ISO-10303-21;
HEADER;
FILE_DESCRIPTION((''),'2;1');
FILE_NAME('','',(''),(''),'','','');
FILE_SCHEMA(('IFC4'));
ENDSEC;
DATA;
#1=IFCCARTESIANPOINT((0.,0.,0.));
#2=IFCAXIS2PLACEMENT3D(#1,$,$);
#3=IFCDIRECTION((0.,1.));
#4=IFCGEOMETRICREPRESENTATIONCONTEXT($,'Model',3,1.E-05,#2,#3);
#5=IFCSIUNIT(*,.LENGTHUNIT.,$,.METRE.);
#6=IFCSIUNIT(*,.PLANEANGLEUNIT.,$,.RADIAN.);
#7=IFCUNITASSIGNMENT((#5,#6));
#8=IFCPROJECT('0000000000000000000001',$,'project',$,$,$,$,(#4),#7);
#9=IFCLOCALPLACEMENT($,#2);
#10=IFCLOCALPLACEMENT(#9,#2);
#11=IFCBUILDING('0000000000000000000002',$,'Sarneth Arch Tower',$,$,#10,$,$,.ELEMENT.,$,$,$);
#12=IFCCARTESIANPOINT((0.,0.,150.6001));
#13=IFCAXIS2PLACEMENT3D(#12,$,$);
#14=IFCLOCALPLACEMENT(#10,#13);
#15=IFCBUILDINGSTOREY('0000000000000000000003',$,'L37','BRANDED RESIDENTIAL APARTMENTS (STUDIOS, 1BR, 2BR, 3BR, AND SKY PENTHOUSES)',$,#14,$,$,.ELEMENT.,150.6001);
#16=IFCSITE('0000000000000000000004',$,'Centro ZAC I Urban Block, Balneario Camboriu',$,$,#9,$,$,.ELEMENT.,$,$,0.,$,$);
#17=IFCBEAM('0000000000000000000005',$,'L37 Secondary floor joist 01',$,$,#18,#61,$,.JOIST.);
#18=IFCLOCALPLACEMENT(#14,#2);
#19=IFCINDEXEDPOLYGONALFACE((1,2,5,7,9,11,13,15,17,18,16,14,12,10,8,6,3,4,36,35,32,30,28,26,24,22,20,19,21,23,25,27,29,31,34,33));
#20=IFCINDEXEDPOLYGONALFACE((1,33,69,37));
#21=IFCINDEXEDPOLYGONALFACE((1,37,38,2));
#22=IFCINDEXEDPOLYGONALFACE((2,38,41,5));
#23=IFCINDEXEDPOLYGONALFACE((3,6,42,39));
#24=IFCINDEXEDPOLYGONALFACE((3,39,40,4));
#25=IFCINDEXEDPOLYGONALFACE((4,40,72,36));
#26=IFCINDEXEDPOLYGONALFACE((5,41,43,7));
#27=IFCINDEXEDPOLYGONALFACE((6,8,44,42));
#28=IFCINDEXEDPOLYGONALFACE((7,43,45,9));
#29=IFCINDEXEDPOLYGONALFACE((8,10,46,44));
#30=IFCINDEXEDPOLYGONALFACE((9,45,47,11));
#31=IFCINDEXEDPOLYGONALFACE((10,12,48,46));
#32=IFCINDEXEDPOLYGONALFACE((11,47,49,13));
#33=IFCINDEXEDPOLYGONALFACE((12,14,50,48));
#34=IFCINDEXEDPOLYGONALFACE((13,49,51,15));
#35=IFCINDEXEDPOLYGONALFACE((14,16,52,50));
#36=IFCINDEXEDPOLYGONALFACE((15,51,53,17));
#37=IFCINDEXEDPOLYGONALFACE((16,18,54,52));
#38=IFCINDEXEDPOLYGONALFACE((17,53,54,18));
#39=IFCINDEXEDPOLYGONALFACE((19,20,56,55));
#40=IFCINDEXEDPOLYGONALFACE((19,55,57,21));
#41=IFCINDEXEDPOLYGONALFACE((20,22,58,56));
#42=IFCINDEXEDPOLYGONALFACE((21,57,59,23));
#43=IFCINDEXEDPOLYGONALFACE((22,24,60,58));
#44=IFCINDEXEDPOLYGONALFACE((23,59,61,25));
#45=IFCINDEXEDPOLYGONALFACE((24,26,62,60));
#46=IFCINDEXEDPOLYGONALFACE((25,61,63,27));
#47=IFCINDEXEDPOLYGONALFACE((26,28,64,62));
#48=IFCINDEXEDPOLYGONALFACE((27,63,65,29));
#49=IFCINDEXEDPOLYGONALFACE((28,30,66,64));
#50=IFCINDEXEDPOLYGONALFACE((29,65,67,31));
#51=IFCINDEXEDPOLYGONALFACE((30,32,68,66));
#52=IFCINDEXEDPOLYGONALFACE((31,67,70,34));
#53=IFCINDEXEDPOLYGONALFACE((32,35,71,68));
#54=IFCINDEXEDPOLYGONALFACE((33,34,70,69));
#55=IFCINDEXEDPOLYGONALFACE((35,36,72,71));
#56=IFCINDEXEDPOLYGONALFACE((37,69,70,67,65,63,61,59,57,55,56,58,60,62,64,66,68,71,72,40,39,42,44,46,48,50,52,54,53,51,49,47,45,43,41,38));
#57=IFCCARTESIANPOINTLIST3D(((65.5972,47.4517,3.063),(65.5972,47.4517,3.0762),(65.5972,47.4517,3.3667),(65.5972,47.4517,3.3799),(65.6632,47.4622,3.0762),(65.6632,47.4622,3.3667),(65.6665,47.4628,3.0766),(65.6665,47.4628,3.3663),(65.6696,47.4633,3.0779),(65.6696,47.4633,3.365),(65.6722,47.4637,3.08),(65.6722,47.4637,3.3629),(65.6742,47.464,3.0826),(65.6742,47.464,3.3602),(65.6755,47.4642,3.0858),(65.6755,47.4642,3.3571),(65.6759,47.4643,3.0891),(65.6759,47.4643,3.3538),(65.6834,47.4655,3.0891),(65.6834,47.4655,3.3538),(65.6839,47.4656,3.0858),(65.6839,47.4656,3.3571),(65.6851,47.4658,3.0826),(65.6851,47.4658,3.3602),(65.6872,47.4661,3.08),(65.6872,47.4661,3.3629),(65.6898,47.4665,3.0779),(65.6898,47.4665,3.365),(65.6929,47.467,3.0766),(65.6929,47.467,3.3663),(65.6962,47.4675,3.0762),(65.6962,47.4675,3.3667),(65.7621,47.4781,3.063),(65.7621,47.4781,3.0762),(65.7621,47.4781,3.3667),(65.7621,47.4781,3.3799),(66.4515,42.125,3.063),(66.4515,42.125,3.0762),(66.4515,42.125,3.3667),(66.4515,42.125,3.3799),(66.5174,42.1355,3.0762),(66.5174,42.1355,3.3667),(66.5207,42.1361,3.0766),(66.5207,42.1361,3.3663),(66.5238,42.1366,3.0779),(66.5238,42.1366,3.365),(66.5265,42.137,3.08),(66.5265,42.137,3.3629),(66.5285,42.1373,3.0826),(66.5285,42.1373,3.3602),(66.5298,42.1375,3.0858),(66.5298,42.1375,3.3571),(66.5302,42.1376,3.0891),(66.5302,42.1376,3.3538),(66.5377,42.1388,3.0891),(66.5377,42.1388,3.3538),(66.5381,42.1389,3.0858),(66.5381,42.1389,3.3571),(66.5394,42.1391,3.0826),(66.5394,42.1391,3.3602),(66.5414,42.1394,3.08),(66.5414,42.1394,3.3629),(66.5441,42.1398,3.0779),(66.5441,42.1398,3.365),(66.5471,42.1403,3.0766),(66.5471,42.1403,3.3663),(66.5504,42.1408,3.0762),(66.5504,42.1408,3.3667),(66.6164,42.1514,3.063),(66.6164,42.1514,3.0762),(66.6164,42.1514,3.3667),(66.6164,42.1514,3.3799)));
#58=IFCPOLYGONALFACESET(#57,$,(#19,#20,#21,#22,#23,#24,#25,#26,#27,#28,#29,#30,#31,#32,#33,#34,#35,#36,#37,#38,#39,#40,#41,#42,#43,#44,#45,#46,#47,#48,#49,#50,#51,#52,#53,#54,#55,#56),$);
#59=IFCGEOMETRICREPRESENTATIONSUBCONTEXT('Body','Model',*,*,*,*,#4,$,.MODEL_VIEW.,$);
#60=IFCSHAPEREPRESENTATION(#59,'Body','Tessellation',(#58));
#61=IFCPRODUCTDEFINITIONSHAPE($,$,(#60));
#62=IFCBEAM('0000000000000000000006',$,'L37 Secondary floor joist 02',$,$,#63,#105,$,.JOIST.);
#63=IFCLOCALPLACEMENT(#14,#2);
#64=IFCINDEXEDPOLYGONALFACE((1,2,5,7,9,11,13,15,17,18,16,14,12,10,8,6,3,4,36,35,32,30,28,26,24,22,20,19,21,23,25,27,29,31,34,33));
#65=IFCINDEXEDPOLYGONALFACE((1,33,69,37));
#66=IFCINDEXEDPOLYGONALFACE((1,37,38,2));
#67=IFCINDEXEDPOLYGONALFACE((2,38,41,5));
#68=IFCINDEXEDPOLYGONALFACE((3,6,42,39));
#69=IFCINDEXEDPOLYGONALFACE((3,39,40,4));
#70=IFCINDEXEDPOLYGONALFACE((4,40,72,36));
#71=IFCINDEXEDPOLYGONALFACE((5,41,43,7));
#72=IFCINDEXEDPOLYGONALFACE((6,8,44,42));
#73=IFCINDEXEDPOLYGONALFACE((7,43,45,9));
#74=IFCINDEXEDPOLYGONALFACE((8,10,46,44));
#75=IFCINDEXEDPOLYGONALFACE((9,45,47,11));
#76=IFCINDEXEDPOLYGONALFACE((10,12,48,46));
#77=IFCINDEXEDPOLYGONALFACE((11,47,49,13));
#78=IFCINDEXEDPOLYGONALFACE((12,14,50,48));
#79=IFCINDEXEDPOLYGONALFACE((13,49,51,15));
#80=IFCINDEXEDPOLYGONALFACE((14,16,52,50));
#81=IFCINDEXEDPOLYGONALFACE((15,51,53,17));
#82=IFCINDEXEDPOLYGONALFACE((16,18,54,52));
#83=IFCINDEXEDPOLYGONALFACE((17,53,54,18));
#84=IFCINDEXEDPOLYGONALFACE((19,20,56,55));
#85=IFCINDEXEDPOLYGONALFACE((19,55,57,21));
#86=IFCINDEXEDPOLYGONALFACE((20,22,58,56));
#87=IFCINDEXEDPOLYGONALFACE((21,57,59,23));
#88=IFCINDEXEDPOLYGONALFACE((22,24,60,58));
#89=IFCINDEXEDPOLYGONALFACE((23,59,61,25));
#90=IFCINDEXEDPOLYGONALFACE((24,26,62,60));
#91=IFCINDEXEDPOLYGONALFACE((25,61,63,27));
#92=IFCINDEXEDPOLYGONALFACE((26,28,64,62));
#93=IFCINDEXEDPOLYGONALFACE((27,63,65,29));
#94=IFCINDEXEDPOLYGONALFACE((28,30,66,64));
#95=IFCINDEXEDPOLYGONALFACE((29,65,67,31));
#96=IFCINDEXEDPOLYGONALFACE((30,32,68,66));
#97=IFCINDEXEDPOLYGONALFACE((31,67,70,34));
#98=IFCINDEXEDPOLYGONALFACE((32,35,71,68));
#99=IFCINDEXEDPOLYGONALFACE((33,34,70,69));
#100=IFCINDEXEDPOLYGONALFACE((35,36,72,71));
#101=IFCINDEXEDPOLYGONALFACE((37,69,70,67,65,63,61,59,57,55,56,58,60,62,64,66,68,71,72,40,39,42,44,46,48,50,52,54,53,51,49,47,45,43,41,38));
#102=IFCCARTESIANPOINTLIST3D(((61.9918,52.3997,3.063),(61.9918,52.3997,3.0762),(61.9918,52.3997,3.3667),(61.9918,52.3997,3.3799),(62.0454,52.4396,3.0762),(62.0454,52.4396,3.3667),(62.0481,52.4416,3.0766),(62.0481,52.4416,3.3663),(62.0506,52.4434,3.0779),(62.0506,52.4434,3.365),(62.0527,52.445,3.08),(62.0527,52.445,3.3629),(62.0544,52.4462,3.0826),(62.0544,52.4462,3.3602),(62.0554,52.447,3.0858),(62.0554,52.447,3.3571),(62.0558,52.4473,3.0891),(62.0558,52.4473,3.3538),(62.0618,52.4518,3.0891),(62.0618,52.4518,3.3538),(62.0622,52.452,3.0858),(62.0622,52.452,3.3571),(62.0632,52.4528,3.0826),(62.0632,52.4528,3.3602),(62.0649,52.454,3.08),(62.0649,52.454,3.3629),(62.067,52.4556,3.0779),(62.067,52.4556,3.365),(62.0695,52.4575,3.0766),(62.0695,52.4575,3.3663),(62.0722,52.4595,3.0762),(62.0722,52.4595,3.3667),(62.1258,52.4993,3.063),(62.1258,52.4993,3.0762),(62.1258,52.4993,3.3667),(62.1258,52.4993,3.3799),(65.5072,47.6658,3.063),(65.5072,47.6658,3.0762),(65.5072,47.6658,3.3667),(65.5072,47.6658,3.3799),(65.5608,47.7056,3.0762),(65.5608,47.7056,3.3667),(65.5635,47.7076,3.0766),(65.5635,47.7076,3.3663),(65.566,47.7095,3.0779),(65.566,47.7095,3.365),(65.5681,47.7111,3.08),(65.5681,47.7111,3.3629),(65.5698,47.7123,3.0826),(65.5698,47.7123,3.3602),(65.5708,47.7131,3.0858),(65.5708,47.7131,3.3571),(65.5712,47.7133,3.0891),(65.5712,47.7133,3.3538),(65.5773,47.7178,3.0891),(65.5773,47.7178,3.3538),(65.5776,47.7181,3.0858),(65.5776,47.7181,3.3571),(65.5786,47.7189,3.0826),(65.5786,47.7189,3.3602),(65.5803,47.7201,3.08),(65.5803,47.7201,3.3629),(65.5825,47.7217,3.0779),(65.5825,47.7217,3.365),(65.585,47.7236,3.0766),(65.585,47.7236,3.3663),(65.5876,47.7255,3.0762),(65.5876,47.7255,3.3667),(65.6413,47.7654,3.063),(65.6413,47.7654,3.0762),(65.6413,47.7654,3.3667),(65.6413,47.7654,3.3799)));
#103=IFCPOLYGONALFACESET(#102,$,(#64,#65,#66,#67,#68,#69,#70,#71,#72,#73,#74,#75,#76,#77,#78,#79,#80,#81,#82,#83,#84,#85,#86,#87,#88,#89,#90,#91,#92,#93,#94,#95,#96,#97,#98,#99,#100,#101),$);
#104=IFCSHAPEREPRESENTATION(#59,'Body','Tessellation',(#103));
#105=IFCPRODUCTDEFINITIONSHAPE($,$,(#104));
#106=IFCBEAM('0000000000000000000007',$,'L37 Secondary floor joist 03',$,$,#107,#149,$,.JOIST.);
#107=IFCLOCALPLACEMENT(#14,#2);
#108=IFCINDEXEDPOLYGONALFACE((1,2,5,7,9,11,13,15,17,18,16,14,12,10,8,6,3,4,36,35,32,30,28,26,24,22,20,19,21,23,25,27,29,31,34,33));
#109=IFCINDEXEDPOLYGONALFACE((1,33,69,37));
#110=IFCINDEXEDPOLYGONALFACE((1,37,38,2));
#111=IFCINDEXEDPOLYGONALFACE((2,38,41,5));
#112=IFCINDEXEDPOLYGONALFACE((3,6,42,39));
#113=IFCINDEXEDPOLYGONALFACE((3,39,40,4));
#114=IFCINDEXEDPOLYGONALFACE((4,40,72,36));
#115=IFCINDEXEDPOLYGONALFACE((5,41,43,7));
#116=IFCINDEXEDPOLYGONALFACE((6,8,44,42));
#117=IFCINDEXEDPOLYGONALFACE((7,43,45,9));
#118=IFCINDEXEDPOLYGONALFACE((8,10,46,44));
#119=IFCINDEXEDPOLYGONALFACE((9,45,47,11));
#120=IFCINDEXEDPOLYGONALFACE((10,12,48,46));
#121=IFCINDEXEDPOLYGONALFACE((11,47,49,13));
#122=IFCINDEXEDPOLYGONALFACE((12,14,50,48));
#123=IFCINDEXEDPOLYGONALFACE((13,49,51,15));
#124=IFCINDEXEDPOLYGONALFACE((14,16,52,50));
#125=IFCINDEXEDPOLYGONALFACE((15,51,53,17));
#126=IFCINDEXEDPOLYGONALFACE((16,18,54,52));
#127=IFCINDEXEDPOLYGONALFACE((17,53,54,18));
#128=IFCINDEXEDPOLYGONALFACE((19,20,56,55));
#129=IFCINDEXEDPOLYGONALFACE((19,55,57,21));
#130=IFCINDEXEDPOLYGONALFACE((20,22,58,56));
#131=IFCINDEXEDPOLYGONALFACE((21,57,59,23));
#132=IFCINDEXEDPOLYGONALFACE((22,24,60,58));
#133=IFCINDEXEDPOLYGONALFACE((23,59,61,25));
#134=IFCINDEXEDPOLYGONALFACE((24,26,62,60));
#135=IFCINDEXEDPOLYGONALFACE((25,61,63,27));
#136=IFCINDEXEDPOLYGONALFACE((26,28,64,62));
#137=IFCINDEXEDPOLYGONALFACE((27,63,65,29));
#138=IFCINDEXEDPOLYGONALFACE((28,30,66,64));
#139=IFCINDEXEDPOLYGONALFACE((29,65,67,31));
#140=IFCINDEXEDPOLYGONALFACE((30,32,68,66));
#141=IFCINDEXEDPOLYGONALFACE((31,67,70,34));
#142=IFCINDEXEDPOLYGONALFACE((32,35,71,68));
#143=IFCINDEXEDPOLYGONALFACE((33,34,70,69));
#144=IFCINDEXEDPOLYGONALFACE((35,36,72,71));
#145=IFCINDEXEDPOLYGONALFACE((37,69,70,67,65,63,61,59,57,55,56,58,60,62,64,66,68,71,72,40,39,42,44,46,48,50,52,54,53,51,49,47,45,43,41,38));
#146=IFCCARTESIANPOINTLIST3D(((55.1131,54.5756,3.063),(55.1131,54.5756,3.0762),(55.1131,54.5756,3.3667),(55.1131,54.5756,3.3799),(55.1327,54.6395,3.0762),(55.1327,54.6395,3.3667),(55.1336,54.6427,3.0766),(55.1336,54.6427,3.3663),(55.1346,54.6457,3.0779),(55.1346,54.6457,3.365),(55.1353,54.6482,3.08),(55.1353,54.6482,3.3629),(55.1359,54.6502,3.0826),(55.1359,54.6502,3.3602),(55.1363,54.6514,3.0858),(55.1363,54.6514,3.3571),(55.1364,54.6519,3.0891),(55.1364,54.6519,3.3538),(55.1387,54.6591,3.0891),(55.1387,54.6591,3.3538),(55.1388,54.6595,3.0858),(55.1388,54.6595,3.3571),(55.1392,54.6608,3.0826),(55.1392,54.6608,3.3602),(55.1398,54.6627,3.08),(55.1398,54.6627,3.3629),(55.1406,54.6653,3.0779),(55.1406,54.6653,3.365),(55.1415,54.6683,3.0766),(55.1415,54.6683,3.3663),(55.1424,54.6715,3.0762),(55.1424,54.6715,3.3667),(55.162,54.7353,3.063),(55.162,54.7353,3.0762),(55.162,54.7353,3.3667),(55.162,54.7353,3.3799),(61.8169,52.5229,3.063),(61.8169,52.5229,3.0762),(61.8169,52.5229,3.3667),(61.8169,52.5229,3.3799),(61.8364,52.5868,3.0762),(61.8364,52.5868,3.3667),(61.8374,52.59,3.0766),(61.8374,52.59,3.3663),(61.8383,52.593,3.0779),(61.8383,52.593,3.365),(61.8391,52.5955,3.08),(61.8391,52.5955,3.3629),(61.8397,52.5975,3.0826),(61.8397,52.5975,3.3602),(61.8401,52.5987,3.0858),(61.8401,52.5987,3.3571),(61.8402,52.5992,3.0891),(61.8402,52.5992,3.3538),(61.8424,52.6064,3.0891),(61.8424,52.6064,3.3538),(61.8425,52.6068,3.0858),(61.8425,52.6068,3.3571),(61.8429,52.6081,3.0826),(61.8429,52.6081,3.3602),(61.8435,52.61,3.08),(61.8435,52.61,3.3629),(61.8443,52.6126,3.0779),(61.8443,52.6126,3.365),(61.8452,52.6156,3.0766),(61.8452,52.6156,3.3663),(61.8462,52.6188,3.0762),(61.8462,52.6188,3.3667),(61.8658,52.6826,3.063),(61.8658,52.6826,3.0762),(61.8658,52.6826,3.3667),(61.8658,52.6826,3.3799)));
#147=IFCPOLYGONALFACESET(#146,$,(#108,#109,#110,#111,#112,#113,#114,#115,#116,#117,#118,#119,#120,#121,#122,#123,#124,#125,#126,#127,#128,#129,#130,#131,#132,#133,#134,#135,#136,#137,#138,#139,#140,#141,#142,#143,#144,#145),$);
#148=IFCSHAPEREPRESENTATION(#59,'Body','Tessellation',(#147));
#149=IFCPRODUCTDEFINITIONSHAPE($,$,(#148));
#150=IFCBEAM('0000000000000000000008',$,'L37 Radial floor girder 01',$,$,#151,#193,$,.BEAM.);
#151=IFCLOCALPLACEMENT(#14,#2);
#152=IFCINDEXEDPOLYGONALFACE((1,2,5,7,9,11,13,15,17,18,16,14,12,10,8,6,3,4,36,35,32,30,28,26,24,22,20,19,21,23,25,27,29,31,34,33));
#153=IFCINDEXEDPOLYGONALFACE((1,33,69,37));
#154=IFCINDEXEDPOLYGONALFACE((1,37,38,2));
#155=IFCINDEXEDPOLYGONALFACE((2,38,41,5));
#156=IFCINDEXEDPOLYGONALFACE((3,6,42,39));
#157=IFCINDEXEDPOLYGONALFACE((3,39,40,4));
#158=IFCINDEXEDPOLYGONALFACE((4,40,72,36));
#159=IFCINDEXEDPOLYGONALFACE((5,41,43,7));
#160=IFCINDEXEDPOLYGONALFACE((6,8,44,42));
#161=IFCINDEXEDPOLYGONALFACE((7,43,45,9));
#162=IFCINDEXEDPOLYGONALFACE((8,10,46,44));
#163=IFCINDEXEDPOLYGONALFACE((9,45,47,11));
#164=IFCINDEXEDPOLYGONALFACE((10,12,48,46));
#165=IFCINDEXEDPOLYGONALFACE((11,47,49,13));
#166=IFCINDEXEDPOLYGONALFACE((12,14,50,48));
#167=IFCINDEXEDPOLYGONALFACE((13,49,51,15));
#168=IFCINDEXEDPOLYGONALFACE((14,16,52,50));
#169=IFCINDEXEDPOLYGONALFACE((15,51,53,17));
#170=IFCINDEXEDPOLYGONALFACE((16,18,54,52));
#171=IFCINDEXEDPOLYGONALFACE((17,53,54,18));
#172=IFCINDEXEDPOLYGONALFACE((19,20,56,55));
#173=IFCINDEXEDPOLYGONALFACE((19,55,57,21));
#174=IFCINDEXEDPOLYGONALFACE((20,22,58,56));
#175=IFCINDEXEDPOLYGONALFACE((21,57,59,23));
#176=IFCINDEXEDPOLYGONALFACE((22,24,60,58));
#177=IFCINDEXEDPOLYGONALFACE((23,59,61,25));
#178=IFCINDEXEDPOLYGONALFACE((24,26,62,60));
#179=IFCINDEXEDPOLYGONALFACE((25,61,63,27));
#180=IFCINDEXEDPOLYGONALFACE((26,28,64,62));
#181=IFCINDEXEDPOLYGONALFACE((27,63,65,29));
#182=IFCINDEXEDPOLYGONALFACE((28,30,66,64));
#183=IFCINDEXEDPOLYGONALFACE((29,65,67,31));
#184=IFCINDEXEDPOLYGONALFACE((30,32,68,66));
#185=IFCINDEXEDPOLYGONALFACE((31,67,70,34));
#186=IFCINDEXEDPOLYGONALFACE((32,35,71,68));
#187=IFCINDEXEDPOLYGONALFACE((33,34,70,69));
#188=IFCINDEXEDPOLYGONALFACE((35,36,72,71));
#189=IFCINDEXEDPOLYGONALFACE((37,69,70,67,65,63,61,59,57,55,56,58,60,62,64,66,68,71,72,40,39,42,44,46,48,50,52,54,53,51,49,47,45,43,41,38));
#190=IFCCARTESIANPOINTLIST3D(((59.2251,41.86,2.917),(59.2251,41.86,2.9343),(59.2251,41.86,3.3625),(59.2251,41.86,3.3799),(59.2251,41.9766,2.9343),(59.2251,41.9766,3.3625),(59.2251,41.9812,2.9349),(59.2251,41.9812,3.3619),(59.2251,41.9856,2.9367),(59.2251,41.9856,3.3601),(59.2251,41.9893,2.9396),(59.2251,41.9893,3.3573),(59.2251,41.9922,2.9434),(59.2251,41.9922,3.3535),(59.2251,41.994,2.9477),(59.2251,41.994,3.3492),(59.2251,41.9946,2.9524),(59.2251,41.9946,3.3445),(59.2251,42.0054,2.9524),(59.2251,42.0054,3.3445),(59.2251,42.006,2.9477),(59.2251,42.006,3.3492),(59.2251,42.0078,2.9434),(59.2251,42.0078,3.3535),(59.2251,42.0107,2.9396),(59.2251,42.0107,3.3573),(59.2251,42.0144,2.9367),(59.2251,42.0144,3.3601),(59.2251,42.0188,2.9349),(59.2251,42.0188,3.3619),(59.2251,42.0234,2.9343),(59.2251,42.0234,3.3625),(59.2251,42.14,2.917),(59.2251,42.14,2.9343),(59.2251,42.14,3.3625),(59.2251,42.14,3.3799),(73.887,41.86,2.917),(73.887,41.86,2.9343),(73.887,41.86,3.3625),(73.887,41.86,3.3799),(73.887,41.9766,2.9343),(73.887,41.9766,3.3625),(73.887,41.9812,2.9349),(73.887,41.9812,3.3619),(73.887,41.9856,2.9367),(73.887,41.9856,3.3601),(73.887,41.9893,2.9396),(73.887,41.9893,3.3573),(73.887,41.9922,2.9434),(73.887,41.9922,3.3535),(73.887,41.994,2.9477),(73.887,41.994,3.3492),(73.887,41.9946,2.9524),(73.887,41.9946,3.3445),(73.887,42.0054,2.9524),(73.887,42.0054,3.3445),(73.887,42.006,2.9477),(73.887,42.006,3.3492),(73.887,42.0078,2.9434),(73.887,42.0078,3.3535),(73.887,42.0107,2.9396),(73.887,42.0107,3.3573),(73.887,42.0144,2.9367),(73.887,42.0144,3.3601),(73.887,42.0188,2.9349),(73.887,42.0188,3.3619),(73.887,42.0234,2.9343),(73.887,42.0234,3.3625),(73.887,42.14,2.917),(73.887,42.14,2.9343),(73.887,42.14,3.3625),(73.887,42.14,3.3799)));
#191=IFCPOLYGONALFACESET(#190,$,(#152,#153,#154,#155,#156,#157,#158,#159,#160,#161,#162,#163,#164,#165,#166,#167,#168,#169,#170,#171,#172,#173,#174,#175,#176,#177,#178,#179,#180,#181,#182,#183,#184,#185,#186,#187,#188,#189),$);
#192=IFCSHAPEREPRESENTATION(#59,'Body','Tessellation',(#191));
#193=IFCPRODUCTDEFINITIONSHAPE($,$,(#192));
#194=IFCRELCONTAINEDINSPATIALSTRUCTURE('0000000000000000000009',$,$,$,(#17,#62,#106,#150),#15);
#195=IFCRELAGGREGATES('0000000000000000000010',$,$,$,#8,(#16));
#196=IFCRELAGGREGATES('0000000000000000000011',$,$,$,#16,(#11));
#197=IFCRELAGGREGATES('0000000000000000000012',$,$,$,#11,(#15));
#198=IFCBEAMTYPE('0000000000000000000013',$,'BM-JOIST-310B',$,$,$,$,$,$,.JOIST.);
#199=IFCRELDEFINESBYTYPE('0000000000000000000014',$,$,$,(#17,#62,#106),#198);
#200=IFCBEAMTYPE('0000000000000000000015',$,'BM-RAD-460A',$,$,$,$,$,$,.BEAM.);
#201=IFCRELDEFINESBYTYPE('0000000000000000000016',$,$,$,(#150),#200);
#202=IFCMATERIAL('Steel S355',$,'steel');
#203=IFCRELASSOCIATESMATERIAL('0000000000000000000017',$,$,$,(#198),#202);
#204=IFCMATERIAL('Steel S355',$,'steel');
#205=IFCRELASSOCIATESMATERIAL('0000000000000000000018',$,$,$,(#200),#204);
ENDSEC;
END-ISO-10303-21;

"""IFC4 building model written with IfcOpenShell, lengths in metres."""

from ifc_helpers import new_model, si_unit, direction, frame, origin, origin_2d, place, context, subcontext, project, spatial, i_section, extrude, material, material_profile, profile_set, type_object, element, save


model = new_model("IFC4")

# Units and contexts
model_context = context("Model", 3, precision=1e-05, world=origin(), true_north=direction((0.0, 1.0)))
body_context = subcontext(model_context, "Body", "Model", "MODEL_VIEW")
ifc_project = project(units=[si_unit("LENGTHUNIT", "METRE"), si_unit("PLANEANGLEUNIT", "RADIAN")], contexts=[model_context])

# Site, building, storey
site_placement = place(None, origin())
site = spatial("IfcSite", under=ifc_project, at=site_placement, Name="Centro ZAC I Urban Block, Balneario Camboriu", CompositionType="ELEMENT", RefElevation=0.0)
building_placement = place(site_placement, origin())
building = spatial("IfcBuilding", under=site, at=building_placement, Name="Sarneth Arch Tower", CompositionType="ELEMENT")
storey_placement = place(building_placement, frame((0.0, 0.0, 150.6001)))
storey = spatial("IfcBuildingStorey", under=building, at=storey_placement, Name="L37", Description="BRANDED RESIDENTIAL APARTMENTS (STUDIOS, 1BR, 2BR, 3BR, AND SKY PENTHOUSES)", CompositionType="ELEMENT", Elevation=150.6001)

# Beams
ifc_material_1 = material(Name="Steel S355", Category="steel")
ifc_material_profile_1 = material_profile(ifc_material_1, i_section(OverallWidth=0.167, OverallDepth=0.3169, WebThickness=0.0076, FlangeThickness=0.0132, FilletRadius=0.0129, at=origin_2d()), Name="W310x52")
ifc_profile_set_1 = profile_set([ifc_material_profile_1], Name="Steel S355")
beam_type_1 = type_object("IfcBeamType", Name="BM-JOIST-310B", PredefinedType="JOIST", material=ifc_profile_set_1)
beam_1_placement = place(storey_placement, frame((66.5339, 42.1382, 3.2214), z_axis=(-0.158349, 0.987383, 0.0), x_axis=(-0.987383, -0.158349, 0.0)))
element("IfcBeam", 1, at=beam_1_placement, inside=storey, type_object=beam_type_1, Name="L37 Secondary floor joist 01", PredefinedType="JOIST", context=body_context, shape_type="SweptSolid", body=[
    extrude(i_section(OverallWidth=0.167, OverallDepth=0.3169, WebThickness=0.0076, FlangeThickness=0.0132, FilletRadius=0.0129, at=origin_2d()), origin(), (0.0, 0.0, 1.0), 5.3948),
])
beam_2_placement = place(storey_placement, frame((65.5742, 47.7156, 3.2214), z_axis=(-0.596191, 0.802843, 0.0), x_axis=(-0.802843, -0.596191, 0.0)))
element("IfcBeam", 2, at=beam_2_placement, inside=storey, type_object=beam_type_1, Name="L37 Secondary floor joist 02", PredefinedType="JOIST", context=body_context, shape_type="SweptSolid", body=[
    extrude(i_section(OverallWidth=0.167, OverallDepth=0.3169, WebThickness=0.0076, FlangeThickness=0.0132, FilletRadius=0.0129, at=origin_2d()), origin(), (0.0, 0.0, 1.0), 5.8965),
])
beam_3_placement = place(storey_placement, frame((61.8413, 52.6028, 3.2214), z_axis=(-0.956179, 0.292784, 0.0), x_axis=(-0.292784, -0.956179, 0.0)))
element("IfcBeam", 3, at=beam_3_placement, inside=storey, type_object=beam_type_1, Name="L37 Secondary floor joist 03", PredefinedType="JOIST", context=body_context, shape_type="SweptSolid", body=[
    extrude(i_section(OverallWidth=0.167, OverallDepth=0.3169, WebThickness=0.0076, FlangeThickness=0.0132, FilletRadius=0.0129, at=origin_2d()), origin(), (0.0, 0.0, 1.0), 7.011),
])
ifc_material_2 = material(Name="Steel S355", Category="steel")
ifc_material_profile_2 = material_profile(ifc_material_2, i_section(OverallWidth=0.28, OverallDepth=0.4629, WebThickness=0.0107, FlangeThickness=0.0173, FilletRadius=0.0181, at=origin_2d()), Name="W460x113")
ifc_profile_set_2 = profile_set([ifc_material_profile_2], Name="Steel S355")
beam_type_2 = type_object("IfcBeamType", Name="BM-RAD-460A", PredefinedType="BEAM", material=ifc_profile_set_2)
beam_4_placement = place(storey_placement, frame((59.2251, 42.0, 3.1484), z_axis=(1.0, 0.0, 0.0), x_axis=(0.0, 1.0, 0.0)))
element("IfcBeam", 4, at=beam_4_placement, inside=storey, type_object=beam_type_2, Name="L37 Radial floor girder 01", PredefinedType="BEAM", context=body_context, shape_type="SweptSolid", body=[
    extrude(i_section(OverallWidth=0.28, OverallDepth=0.4629, WebThickness=0.0107, FlangeThickness=0.0173, FilletRadius=0.0181, at=origin_2d()), origin(), (0.0, 0.0, 1.0), 14.6619),
])

save(model, "model.ifc")
